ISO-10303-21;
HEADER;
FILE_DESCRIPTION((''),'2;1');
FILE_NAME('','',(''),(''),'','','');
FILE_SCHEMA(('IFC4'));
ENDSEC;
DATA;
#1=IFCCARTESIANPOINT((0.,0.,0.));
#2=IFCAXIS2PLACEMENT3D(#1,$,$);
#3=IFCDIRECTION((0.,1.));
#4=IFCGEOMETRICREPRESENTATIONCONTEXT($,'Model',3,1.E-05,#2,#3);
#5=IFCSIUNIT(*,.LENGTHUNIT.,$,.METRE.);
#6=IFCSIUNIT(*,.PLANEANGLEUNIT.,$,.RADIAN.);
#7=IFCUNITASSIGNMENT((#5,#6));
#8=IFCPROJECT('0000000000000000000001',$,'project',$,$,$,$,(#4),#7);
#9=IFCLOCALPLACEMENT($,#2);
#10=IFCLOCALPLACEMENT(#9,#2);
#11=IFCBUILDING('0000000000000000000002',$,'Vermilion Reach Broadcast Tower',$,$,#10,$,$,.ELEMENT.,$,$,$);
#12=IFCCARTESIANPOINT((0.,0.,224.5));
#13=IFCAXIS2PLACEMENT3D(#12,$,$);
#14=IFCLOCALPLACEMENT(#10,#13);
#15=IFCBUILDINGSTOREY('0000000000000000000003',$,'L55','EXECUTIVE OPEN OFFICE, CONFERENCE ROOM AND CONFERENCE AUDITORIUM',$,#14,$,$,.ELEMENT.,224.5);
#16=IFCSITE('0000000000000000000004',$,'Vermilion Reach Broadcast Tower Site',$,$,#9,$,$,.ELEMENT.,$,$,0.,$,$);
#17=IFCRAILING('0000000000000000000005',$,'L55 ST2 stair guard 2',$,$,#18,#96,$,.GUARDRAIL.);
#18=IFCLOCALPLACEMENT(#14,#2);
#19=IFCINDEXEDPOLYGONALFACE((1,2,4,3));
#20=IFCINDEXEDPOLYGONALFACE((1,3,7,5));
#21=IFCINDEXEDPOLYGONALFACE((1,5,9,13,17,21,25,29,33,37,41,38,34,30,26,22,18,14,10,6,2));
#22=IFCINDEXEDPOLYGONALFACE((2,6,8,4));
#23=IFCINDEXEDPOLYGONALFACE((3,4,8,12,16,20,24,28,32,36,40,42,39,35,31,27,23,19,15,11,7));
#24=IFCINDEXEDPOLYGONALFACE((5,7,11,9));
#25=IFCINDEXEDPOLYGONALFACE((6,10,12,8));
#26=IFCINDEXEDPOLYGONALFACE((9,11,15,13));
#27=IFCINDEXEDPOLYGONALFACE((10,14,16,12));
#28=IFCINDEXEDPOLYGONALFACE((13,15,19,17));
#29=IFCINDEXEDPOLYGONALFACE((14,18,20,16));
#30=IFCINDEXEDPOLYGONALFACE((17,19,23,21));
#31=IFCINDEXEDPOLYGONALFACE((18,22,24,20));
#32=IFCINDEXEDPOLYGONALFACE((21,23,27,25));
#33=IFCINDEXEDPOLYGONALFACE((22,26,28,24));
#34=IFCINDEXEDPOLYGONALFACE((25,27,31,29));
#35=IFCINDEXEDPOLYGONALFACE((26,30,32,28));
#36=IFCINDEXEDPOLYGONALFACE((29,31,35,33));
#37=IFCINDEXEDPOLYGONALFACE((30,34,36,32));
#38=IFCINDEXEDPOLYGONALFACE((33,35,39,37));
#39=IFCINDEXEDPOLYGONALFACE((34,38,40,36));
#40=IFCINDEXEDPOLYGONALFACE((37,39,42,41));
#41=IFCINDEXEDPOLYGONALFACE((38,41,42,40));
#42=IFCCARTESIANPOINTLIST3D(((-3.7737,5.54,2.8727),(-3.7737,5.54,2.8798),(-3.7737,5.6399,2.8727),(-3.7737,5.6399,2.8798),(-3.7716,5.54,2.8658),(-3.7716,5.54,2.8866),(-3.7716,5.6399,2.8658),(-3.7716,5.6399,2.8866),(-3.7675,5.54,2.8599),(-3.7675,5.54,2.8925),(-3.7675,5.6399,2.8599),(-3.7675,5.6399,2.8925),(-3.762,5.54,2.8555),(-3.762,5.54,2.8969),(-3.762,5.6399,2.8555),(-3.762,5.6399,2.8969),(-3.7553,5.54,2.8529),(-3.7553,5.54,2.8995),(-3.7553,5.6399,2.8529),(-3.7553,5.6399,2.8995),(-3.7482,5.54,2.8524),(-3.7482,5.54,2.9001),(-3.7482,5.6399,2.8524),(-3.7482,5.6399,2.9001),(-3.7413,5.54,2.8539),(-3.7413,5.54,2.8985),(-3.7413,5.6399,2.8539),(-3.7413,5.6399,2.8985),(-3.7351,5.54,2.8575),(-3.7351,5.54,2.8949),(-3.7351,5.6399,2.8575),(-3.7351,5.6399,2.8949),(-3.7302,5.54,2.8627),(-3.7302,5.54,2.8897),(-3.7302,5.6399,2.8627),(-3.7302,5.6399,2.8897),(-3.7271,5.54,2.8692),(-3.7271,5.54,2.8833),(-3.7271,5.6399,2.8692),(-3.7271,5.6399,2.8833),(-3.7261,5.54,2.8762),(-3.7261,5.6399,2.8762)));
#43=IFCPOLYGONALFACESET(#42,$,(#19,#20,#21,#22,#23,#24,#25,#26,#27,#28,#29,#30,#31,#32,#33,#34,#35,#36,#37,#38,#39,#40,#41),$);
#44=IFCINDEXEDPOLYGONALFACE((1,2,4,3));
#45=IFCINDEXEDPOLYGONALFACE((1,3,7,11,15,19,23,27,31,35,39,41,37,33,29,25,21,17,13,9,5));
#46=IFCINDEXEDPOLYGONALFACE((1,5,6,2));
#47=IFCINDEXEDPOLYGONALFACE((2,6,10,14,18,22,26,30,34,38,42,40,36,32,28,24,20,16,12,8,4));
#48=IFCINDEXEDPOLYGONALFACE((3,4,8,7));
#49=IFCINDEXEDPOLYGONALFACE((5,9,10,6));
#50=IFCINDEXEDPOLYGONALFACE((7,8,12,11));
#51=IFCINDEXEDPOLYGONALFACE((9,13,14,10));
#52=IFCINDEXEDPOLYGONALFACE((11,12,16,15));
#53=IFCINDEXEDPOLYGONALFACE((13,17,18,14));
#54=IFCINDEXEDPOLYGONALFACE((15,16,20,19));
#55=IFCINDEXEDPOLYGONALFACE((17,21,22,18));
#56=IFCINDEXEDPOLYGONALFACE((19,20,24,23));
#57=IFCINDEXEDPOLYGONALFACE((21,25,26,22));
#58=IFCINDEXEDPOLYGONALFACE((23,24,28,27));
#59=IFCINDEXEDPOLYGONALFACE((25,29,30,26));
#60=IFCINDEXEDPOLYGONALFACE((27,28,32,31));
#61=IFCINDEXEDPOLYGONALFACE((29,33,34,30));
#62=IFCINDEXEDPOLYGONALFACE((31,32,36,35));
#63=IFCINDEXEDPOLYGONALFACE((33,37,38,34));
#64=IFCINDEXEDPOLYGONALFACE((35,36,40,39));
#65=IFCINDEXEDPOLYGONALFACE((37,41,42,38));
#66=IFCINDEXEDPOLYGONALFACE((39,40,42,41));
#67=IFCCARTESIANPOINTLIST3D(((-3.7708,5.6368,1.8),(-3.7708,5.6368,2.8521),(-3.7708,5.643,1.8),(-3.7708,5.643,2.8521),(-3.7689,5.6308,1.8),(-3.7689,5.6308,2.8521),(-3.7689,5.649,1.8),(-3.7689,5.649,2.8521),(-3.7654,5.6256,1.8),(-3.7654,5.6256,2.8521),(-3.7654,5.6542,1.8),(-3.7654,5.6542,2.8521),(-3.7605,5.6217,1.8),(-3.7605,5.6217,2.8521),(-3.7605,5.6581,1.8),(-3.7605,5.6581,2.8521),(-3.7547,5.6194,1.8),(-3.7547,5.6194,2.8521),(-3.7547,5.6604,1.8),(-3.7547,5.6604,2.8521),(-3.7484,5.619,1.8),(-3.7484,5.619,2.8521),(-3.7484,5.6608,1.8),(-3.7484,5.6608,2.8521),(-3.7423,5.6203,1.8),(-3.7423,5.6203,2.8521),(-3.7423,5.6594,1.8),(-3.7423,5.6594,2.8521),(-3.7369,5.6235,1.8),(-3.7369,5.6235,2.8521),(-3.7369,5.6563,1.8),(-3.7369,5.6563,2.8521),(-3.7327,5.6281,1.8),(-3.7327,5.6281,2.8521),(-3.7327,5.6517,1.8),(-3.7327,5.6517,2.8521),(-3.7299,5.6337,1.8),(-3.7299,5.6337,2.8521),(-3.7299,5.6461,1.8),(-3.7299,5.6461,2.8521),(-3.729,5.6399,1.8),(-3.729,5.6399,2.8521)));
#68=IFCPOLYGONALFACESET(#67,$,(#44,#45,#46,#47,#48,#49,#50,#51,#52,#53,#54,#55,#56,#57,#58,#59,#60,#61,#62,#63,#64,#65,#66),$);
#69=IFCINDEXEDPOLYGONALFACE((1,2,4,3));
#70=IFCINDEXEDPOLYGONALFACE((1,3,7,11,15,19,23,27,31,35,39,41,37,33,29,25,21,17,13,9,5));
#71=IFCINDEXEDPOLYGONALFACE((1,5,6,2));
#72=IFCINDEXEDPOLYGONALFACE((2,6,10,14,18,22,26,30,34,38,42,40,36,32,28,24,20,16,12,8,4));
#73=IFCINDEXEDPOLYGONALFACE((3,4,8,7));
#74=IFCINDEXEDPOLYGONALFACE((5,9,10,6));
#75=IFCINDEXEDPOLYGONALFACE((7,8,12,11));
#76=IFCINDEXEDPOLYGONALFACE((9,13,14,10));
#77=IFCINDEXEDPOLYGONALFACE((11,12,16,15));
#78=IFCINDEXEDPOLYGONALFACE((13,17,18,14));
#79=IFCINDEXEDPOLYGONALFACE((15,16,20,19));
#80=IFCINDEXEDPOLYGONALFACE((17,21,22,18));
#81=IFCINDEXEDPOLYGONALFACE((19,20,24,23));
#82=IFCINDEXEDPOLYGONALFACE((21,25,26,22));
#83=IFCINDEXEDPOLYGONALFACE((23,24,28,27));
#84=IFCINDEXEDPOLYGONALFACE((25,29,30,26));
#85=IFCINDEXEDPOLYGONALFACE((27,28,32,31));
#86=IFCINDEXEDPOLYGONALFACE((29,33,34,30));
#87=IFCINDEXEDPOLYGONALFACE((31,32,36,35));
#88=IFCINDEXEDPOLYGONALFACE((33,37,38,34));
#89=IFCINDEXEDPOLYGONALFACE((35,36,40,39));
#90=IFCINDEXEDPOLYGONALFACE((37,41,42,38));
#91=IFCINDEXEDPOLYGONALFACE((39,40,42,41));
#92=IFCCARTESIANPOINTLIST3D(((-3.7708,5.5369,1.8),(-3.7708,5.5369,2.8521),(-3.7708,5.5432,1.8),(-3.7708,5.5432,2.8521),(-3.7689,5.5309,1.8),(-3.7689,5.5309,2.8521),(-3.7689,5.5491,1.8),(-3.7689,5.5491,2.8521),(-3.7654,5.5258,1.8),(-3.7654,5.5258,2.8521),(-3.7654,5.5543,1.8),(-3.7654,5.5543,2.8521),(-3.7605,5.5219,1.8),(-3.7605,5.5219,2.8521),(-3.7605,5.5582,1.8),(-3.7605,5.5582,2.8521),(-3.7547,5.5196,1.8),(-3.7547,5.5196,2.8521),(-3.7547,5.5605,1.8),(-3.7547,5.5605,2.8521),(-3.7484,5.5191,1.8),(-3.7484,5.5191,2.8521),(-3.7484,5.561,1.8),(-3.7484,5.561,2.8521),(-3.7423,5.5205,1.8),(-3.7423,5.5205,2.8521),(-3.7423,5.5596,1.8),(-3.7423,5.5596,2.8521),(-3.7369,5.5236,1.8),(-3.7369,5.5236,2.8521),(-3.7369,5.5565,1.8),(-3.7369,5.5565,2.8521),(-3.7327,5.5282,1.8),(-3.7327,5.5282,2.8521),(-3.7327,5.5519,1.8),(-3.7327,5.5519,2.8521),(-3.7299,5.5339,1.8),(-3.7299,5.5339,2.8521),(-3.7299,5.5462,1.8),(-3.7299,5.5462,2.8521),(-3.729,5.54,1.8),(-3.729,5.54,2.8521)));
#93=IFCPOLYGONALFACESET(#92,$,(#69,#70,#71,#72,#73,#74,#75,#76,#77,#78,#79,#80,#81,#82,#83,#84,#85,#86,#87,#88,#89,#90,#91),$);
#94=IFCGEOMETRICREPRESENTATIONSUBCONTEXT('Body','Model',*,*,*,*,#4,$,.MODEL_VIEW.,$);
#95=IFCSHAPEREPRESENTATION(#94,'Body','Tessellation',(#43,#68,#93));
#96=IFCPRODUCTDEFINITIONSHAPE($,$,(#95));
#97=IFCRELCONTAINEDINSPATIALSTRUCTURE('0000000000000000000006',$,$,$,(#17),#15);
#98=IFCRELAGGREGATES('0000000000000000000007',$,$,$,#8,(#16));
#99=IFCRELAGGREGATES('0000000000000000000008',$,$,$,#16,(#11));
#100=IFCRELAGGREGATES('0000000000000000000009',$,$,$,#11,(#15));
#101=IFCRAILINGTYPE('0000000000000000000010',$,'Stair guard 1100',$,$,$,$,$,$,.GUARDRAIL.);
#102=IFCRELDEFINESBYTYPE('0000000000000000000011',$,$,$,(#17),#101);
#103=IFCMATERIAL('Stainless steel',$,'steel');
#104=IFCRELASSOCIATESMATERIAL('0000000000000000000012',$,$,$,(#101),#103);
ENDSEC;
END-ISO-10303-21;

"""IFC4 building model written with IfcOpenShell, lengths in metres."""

from ifc_helpers import new_model, si_unit, direction, frame, origin, origin_2d, place, context, subcontext, project, spatial, circle, extrude, material, type_object, element, save


model = new_model("IFC4")

# Units and contexts
model_context = context("Model", 3, precision=1e-05, world=origin(), true_north=direction((0.0, 1.0)))
body_context = subcontext(model_context, "Body", "Model", "MODEL_VIEW")
ifc_project = project(units=[si_unit("LENGTHUNIT", "METRE"), si_unit("PLANEANGLEUNIT", "RADIAN")], contexts=[model_context])

# Site, building, storey
site_placement = place(None, origin())
site = spatial("IfcSite", under=ifc_project, at=site_placement, Name="Vermilion Reach Broadcast Tower Site", CompositionType="ELEMENT", RefElevation=0.0)
building_placement = place(site_placement, origin())
building = spatial("IfcBuilding", under=site, at=building_placement, Name="Vermilion Reach Broadcast Tower", CompositionType="ELEMENT")
storey_placement = place(building_placement, frame((0.0, 0.0, 224.5)))
storey = spatial("IfcBuildingStorey", under=building, at=storey_placement, Name="L55", Description="EXECUTIVE OPEN OFFICE, CONFERENCE ROOM AND CONFERENCE AUDITORIUM", CompositionType="ELEMENT", Elevation=224.5)

# Railing
ifc_material_1 = material(Name="Stainless steel", Category="steel")
railing_type_1 = type_object("IfcRailingType", Name="Stair guard 1100", PredefinedType="GUARDRAIL", material=ifc_material_1)
railing_1_placement = place(storey_placement, frame((-3.75, 5.6399, 1.8)))
element("IfcRailing", 1, at=railing_1_placement, inside=storey, type_object=railing_type_1, Name="L55 ST2 stair guard 2", PredefinedType="GUARDRAIL", context=body_context, shape_type="SweptSolid", body=[
    extrude(circle(Radius=0.0239, at=origin_2d()), frame((0.0, 0.0, 1.0762), z_axis=(0.0, -1.0, 0.0), x_axis=(1.0, 0.0, 0.0)), (0.0, 0.0, 1.0), 0.0999),
    extrude(circle(Radius=0.021, at=origin_2d()), origin(), (0.0, 0.0, 1.0), 1.052),
    extrude(circle(Radius=0.021, at=origin_2d()), frame((0.0, -0.0999, 0.0)), (0.0, 0.0, 1.0), 1.052),
])

save(model, "model.ifc")
